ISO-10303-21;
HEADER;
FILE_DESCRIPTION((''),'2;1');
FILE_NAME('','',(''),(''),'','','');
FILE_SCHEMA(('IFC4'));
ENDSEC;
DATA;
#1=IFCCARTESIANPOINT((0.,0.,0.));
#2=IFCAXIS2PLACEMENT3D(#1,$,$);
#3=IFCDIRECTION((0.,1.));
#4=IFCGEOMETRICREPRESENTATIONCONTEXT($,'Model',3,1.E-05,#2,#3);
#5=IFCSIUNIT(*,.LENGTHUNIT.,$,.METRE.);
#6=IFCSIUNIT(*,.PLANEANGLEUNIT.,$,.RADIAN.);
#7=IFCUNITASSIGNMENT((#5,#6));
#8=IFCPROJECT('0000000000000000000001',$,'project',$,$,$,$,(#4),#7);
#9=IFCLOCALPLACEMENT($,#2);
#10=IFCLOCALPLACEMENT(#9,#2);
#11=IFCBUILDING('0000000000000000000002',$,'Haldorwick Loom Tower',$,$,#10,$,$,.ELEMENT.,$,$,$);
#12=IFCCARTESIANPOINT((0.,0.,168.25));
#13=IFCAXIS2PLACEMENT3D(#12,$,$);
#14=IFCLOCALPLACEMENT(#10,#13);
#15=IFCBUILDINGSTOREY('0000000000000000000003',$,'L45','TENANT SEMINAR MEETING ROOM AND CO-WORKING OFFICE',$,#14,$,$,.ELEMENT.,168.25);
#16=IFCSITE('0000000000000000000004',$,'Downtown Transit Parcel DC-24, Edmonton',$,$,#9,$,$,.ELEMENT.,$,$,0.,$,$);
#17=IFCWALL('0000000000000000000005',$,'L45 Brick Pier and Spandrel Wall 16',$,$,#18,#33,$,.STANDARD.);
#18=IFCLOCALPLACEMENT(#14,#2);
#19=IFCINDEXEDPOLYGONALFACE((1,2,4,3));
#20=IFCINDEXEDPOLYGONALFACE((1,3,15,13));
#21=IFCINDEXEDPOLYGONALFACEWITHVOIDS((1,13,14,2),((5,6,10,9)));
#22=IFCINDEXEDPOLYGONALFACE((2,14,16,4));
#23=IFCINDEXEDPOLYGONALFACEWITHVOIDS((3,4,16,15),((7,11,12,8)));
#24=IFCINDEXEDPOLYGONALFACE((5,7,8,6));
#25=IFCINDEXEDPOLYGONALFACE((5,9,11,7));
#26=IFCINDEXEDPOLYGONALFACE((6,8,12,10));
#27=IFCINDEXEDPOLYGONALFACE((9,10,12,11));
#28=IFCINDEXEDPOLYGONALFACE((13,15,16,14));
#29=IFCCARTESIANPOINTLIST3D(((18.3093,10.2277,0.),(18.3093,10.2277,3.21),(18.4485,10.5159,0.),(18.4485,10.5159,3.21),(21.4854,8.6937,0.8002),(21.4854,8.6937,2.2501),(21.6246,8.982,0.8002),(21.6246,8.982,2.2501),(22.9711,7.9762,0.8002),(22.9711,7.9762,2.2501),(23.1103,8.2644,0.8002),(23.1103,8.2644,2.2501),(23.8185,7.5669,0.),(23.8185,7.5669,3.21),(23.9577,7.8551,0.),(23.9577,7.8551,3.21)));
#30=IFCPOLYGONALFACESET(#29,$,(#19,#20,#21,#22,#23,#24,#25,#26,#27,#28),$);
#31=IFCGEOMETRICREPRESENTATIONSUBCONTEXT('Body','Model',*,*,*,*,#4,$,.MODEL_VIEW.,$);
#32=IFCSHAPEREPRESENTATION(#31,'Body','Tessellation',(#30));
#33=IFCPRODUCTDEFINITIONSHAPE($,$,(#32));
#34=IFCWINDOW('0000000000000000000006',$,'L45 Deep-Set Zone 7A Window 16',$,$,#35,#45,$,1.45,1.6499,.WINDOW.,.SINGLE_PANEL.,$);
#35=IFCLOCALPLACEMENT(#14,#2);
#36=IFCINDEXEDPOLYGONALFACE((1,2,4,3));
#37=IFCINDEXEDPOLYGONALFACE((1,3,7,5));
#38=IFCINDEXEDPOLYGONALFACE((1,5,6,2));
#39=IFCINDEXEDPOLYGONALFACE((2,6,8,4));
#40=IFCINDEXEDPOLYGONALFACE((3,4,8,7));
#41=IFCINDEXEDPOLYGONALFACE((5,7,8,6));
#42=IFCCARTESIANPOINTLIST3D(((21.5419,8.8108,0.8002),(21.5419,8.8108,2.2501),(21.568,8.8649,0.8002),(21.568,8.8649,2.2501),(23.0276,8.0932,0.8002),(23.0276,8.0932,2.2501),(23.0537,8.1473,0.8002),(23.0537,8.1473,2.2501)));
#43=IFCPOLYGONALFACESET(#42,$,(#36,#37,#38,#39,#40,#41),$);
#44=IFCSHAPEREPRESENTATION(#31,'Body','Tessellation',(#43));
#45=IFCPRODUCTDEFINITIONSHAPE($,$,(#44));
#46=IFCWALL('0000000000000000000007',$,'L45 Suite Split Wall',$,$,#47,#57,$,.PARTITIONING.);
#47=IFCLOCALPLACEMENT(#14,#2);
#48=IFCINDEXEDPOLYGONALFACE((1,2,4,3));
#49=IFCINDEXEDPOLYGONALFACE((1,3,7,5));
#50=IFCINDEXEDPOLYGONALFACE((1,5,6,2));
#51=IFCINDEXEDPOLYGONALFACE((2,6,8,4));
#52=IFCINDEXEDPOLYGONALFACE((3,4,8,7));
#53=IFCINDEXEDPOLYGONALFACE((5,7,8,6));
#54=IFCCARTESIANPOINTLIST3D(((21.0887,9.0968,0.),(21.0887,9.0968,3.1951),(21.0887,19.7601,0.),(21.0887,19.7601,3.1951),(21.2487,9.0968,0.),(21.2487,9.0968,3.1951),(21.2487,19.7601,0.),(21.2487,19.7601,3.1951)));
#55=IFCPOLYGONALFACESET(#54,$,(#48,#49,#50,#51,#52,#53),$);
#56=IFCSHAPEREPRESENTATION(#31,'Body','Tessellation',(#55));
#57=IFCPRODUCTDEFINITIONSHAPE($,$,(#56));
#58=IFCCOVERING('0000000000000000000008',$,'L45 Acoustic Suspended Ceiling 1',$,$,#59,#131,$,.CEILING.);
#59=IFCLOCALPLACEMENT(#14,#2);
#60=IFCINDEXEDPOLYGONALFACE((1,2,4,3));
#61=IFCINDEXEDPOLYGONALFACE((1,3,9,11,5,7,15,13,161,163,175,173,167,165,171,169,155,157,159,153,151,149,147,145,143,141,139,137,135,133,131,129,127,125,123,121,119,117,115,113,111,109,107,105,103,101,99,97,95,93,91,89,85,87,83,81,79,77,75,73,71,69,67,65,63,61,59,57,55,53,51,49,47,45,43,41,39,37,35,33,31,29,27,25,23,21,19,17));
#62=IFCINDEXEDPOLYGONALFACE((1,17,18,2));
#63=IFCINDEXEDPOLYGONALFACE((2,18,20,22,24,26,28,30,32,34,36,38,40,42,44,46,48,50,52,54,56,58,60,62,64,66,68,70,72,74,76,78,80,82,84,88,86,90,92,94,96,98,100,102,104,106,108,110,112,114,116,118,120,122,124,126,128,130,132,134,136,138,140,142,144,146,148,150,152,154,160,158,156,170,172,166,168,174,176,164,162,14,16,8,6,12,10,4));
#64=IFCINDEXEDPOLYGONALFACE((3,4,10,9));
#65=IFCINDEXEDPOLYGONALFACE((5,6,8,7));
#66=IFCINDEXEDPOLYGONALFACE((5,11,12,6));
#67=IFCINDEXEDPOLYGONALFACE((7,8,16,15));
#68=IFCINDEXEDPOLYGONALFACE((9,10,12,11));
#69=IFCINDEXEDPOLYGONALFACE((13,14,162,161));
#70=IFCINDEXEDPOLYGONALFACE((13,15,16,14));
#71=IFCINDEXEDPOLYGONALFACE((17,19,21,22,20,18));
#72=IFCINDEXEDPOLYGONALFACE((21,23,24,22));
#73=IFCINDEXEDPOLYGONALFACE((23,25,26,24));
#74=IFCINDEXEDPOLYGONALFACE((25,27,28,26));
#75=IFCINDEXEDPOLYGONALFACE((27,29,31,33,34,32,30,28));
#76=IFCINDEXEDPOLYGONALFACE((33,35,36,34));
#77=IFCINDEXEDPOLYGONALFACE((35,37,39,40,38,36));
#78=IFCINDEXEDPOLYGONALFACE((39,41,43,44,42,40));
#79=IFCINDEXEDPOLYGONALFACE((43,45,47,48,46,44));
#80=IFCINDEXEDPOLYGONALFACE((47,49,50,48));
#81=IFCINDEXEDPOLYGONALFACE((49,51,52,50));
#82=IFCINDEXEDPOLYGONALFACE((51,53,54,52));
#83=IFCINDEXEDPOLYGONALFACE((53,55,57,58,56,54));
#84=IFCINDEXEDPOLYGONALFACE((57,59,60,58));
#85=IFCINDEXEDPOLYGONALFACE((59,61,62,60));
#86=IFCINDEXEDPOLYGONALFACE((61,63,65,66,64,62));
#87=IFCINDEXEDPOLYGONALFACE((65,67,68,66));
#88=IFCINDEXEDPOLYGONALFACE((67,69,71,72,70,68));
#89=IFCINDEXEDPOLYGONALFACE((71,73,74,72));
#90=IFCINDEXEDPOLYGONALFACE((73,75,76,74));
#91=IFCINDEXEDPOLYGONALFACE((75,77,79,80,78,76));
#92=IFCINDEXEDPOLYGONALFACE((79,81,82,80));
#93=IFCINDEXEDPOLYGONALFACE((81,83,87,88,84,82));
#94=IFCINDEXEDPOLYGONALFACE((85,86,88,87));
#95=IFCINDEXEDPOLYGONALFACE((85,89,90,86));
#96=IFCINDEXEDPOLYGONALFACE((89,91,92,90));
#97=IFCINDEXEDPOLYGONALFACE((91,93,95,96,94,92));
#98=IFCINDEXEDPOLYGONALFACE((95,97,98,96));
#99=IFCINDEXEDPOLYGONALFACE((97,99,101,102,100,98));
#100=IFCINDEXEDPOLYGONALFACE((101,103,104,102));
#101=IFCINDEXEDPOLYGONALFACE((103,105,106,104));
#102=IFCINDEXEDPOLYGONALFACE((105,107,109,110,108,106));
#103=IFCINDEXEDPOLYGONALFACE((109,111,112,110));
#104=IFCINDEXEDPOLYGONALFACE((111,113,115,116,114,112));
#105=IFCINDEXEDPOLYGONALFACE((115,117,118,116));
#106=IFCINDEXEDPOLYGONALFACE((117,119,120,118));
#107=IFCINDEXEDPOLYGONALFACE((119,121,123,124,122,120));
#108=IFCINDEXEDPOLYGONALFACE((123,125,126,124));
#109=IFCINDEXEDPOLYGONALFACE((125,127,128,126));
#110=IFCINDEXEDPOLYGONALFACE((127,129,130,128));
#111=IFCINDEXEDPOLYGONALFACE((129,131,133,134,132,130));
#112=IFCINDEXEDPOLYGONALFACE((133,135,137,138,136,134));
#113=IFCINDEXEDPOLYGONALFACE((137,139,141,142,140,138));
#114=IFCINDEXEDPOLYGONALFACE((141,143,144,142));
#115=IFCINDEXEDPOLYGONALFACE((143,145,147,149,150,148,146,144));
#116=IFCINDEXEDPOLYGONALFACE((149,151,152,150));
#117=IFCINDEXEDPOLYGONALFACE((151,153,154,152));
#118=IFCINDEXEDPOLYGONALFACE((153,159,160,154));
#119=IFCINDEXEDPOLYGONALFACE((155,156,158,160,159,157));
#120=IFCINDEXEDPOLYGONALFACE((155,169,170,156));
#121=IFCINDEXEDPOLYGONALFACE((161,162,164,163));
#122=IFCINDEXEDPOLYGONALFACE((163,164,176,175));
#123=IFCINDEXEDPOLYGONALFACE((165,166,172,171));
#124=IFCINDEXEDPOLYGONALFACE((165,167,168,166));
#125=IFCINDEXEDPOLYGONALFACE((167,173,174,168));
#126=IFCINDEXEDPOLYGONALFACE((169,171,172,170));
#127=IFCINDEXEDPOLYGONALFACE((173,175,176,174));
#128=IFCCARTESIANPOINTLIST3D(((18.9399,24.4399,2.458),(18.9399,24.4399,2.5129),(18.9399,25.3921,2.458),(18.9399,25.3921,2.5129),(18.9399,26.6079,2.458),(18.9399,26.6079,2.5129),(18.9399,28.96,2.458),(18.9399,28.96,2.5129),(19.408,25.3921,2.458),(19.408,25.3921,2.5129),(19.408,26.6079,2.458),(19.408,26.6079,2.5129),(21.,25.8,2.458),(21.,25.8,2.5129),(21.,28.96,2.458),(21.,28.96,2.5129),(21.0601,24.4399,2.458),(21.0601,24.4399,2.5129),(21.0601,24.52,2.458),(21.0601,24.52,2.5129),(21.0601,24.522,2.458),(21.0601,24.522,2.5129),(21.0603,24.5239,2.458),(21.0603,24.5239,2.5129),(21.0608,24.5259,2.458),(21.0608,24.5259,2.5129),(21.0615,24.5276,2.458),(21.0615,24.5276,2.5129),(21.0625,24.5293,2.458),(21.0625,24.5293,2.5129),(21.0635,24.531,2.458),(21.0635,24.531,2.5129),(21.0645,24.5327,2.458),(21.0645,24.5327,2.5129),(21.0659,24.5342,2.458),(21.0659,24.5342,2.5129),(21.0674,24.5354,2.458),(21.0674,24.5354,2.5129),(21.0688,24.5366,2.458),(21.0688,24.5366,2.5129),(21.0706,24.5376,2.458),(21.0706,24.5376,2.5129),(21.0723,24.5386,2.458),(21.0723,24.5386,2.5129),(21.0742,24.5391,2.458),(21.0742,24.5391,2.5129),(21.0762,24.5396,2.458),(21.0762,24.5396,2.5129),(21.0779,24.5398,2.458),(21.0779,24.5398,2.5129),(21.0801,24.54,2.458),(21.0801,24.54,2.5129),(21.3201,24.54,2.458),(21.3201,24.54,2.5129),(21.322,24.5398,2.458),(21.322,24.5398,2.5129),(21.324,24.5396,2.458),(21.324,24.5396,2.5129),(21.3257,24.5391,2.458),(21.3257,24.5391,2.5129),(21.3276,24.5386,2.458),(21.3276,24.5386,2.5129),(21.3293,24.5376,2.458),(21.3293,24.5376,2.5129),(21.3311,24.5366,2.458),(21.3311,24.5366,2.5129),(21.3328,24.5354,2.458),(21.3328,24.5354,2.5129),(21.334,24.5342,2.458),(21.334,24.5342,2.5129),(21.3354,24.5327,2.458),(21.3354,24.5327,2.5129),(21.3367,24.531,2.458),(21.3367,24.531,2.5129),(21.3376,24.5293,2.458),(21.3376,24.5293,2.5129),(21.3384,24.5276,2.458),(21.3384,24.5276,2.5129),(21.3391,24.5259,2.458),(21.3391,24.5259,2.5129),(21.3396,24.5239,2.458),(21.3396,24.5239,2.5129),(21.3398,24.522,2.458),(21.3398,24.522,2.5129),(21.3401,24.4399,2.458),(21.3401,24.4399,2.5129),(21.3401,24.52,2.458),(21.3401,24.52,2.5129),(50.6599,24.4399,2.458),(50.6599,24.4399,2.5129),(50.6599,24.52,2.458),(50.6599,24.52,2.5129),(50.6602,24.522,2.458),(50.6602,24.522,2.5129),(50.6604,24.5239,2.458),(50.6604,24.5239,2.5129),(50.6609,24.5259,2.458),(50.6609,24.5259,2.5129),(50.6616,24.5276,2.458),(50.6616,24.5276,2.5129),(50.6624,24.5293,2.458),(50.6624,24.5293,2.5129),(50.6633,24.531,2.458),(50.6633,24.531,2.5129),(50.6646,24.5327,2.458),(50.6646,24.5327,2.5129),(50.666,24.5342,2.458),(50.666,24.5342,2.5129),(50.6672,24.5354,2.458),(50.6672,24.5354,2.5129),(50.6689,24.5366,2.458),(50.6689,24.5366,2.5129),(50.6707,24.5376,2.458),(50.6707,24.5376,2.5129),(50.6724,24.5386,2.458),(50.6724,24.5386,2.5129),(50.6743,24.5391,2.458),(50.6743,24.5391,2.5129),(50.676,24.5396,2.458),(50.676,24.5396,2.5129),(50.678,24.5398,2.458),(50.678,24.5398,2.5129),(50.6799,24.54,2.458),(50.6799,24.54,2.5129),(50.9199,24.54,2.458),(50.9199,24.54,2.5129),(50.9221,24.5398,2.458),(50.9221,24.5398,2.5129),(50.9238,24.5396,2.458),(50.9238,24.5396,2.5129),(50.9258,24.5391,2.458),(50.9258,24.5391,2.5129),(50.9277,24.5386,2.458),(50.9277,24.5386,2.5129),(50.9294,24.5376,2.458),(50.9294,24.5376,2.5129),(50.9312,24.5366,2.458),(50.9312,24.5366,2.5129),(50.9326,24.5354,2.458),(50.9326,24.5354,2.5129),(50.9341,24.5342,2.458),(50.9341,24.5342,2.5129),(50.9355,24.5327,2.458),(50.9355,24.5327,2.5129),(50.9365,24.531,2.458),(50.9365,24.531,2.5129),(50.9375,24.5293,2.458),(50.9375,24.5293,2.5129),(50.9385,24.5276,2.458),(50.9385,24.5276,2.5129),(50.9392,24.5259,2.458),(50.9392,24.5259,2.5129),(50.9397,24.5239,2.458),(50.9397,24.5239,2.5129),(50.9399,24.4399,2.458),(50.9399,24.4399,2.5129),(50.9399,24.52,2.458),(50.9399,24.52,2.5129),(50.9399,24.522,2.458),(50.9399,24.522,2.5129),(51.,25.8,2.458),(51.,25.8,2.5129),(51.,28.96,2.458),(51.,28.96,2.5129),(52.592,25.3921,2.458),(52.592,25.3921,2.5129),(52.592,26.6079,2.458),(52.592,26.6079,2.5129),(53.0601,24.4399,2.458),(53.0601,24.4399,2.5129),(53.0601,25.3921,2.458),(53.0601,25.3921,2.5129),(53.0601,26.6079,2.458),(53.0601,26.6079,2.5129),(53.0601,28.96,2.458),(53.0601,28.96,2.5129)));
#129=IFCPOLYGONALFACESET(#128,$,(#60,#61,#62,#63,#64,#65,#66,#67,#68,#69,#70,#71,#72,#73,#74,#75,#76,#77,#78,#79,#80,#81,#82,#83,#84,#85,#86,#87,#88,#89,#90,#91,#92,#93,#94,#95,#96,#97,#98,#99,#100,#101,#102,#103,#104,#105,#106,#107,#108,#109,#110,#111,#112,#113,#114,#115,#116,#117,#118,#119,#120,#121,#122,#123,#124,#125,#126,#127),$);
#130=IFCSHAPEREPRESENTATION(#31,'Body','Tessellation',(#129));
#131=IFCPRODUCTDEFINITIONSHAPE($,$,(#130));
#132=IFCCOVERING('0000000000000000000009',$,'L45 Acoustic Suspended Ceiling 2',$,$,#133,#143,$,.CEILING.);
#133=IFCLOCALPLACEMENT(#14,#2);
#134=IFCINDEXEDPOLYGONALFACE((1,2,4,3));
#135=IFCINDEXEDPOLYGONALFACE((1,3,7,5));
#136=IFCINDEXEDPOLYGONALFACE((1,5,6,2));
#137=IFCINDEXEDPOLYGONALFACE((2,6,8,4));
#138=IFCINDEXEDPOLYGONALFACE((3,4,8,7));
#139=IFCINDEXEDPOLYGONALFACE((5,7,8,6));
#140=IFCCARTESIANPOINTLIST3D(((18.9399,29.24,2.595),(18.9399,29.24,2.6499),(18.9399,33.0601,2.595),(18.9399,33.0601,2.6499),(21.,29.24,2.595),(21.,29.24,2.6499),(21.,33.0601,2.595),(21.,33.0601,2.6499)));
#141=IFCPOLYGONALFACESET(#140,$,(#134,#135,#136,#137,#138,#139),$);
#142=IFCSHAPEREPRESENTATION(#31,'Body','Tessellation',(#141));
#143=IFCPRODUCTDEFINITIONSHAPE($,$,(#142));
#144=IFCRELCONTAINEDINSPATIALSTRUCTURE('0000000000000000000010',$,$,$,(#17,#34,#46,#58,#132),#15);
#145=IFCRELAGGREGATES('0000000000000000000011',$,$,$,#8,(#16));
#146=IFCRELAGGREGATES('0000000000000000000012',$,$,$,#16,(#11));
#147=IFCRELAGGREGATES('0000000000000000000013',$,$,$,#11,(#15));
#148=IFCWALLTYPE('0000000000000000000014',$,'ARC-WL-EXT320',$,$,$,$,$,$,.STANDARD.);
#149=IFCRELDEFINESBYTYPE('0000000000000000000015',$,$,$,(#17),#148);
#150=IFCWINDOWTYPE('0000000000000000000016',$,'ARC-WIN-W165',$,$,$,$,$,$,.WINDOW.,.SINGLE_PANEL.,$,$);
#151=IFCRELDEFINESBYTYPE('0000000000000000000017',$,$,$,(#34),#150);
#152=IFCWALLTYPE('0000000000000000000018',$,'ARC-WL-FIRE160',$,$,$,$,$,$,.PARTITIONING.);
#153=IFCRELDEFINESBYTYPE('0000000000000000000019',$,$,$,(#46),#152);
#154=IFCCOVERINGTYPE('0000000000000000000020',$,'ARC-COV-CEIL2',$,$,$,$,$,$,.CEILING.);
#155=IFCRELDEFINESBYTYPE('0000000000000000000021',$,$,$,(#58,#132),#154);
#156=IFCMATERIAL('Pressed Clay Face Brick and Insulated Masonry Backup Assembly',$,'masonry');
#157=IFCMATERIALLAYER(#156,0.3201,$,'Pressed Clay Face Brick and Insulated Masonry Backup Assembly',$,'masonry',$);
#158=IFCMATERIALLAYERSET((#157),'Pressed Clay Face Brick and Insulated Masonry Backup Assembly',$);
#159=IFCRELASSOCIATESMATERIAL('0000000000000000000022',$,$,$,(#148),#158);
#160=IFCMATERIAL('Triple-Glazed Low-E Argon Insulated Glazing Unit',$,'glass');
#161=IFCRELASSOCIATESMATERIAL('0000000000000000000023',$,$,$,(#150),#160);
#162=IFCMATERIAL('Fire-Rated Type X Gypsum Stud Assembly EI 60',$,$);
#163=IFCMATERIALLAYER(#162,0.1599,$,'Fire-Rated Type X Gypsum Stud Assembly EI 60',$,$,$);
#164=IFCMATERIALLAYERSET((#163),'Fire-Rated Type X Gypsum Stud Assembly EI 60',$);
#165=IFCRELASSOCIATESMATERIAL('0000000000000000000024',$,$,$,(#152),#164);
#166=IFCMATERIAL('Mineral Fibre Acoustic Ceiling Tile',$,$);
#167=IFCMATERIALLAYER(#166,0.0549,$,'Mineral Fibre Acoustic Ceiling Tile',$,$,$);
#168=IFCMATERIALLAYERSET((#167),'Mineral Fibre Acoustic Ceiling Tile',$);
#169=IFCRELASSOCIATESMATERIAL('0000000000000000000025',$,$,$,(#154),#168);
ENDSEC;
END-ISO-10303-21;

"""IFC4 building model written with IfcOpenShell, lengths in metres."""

from ifc_helpers import new_model, si_unit, direction, frame, frame_2d, origin, place, context, subcontext, project, spatial, polyline, rectangle, outline, extrude, material, layer, layer_set, type_object, element, fill, save


model = new_model("IFC4")

# Units and contexts
model_context = context("Model", 3, precision=1e-05, world=origin(), true_north=direction((0.0, 1.0)))
body_context = subcontext(model_context, "Body", "Model", "MODEL_VIEW")
ifc_project = project(units=[si_unit("LENGTHUNIT", "METRE"), si_unit("PLANEANGLEUNIT", "RADIAN")], contexts=[model_context])

# Site, building, storey
site_placement = place(None, origin())
site = spatial("IfcSite", under=ifc_project, at=site_placement, Name="Downtown Transit Parcel DC-24, Edmonton", CompositionType="ELEMENT", RefElevation=0.0)
building_placement = place(site_placement, origin())
building = spatial("IfcBuilding", under=site, at=building_placement, Name="Haldorwick Loom Tower", CompositionType="ELEMENT")
storey_placement = place(building_placement, frame((0.0, 0.0, 168.25)))
storey = spatial("IfcBuildingStorey", under=building, at=storey_placement, Name="L45", Description="TENANT SEMINAR MEETING ROOM AND CO-WORKING OFFICE", CompositionType="ELEMENT", Elevation=168.25)

# Shared definitions
ifc_material_1 = material(Name="Pressed Clay Face Brick and Insulated Masonry Backup Assembly", Category="masonry")
ifc_layer_1 = layer(ifc_material_1, 0.3201, Name="Pressed Clay Face Brick and Insulated Masonry Backup Assembly", Category="masonry")
ifc_layer_set_1 = layer_set([ifc_layer_1], Name="Pressed Clay Face Brick and Insulated Masonry Backup Assembly")
wall_type_1 = type_object("IfcWallType", Name="ARC-WL-EXT320", PredefinedType="STANDARD", material=ifc_layer_set_1)

# Wall, opening, window
wall_1_placement = place(storey_placement, frame((18.3789, 10.3718, 0.0), z_axis=(0.0, 0.0, 1.0), x_axis=(0.900472, -0.434913, 0.0)))
wall_1 = element("IfcWall", 1, at=wall_1_placement, inside=storey, type_object=wall_type_1, Name="L45 Brick Pier and Spandrel Wall 16", PredefinedType="STANDARD", context=body_context, shape_type="SweptSolid", body=[
    extrude(rectangle(XDim=6.1182, YDim=0.3201, at=frame_2d((3.0591, 0.0))), origin(), (0.0, 0.0, 1.0), 3.21),
])
opening_1_placement = place(wall_1_placement, frame((3.5271, 0.0, 0.8)))
opening_1 = element("IfcOpeningElement", 2, at=opening_1_placement, cuts=wall_1, PredefinedType="OPENING", context=body_context, shape_type="SweptSolid", body=[
    extrude(rectangle(XDim=1.6499, YDim=1.45, at=frame_2d((0.825, 0.7251))), frame((0.0, 0.1699, 0.0), z_axis=(0.0, -1.0, 0.0), x_axis=(1.0, 0.0, 0.0)), (0.0, 0.0, 1.0), 0.3401),
])
ifc_material_2 = material(Name="Triple-Glazed Low-E Argon Insulated Glazing Unit", Category="glass")
window_type = type_object("IfcWindowType", Name="ARC-WIN-W165", PartitioningType="SINGLE_PANEL", PredefinedType="WINDOW", material=ifc_material_2)
window_placement = place(opening_1_placement, origin())
window = element("IfcWindow", 3, at=window_placement, inside=storey, type_object=window_type, Name="L45 Deep-Set Zone 7A Window 16", OverallHeight=1.45, OverallWidth=1.6499, PartitioningType="SINGLE_PANEL", PredefinedType="WINDOW", context=body_context, shape_type="SweptSolid", body=[
    extrude(rectangle(XDim=1.6499, YDim=1.45, at=frame_2d((0.825, 0.7251))), frame((0.0, 0.03, 0.0), z_axis=(0.0, -1.0, 0.0), x_axis=(1.0, 0.0, 0.0)), (0.0, 0.0, 1.0), 0.0601),
])
fill(opening_1, window)

# Wall
ifc_material_3 = material(Name="Fire-Rated Type X Gypsum Stud Assembly EI 60")
ifc_layer_2 = layer(ifc_material_3, 0.1599, Name="Fire-Rated Type X Gypsum Stud Assembly EI 60")
ifc_layer_set_2 = layer_set([ifc_layer_2], Name="Fire-Rated Type X Gypsum Stud Assembly EI 60")
wall_type_2 = type_object("IfcWallType", Name="ARC-WL-FIRE160", PredefinedType="PARTITIONING", material=ifc_layer_set_2)
wall_2_placement = place(storey_placement, frame((21.1687, 19.76, 0.0), z_axis=(0.0, 0.0, 1.0), x_axis=(0.0, -1.0, 0.0)))
element("IfcWall", 4, at=wall_2_placement, inside=storey, type_object=wall_type_2, Name="L45 Suite Split Wall", PredefinedType="PARTITIONING", context=body_context, shape_type="SweptSolid", body=[
    extrude(rectangle(XDim=10.6633, YDim=0.1599, at=frame_2d((5.3315, 0.0))), origin(), (0.0, 0.0, 1.0), 3.1951),
])

# Coverings
ifc_material_4 = material(Name="Mineral Fibre Acoustic Ceiling Tile")
ifc_layer_3 = layer(ifc_material_4, 0.0549, Name="Mineral Fibre Acoustic Ceiling Tile")
ifc_layer_set_3 = layer_set([ifc_layer_3], Name="Mineral Fibre Acoustic Ceiling Tile")
covering_type_1 = type_object("IfcCoveringType", Name="ARC-COV-CEIL2", PredefinedType="CEILING", material=ifc_layer_set_3)
covering_1_placement = place(storey_placement, frame((0.0, 0.0, 2.458)))
element("IfcCovering", 5, at=covering_1_placement, inside=storey, type_object=covering_type_1, Name="L45 Acoustic Suspended Ceiling 1", PredefinedType="CEILING", context=body_context, shape_type="SweptSolid", body=[
    extrude(outline(polyline([(51.0, 28.96), (51.0, 25.8), (21.0, 25.8), (21.0, 28.96), (18.9399, 28.96), (18.9399, 26.6079), (19.408, 26.6079), (19.408, 25.3921), (18.9399, 25.3921), (18.9399, 24.4399), (21.0601, 24.4399), (21.0601, 24.52), (21.0601, 24.522), (21.0603, 24.5239), (21.0608, 24.5259), (21.0615, 24.5276), (21.0625, 24.5293), (21.0635, 24.531), (21.0645, 24.5327), (21.0659, 24.5342), (21.0674, 24.5354), (21.0688, 24.5366), (21.0706, 24.5376), (21.0723, 24.5386), (21.0742, 24.5391), (21.0762, 24.5396), (21.0779, 24.5398), (21.0801, 24.54), (21.3201, 24.54), (21.322, 24.5398), (21.324, 24.5396), (21.3257, 24.5391), (21.3276, 24.5386), (21.3293, 24.5376), (21.3311, 24.5366), (21.3328, 24.5354), (21.334, 24.5342), (21.3354, 24.5327), (21.3367, 24.531), (21.3376, 24.5293), (21.3384, 24.5276), (21.3391, 24.5259), (21.3396, 24.5239), (21.3398, 24.522), (21.3401, 24.52), (21.3401, 24.4399), (50.6599, 24.4399), (50.6599, 24.52), (50.6602, 24.522), (50.6604, 24.5239), (50.6609, 24.5259), (50.6616, 24.5276), (50.6624, 24.5293), (50.6633, 24.531), (50.6646, 24.5327), (50.666, 24.5342), (50.6672, 24.5354), (50.6689, 24.5366), (50.6707, 24.5376), (50.6724, 24.5386), (50.6743, 24.5391), (50.676, 24.5396), (50.678, 24.5398), (50.6799, 24.54), (50.9199, 24.54), (50.9221, 24.5398), (50.9238, 24.5396), (50.9258, 24.5391), (50.9277, 24.5386), (50.9294, 24.5376), (50.9312, 24.5366), (50.9326, 24.5354), (50.9341, 24.5342), (50.9355, 24.5327), (50.9365, 24.531), (50.9375, 24.5293), (50.9385, 24.5276), (50.9392, 24.5259), (50.9397, 24.5239), (50.9399, 24.522), (50.9399, 24.52), (50.9399, 24.4399), (53.0601, 24.4399), (53.0601, 25.3921), (52.592, 25.3921), (52.592, 26.6079), (53.0601, 26.6079), (53.0601, 28.96), (51.0, 28.96)])), origin(), (0.0, 0.0, 1.0), 0.0549),
])
covering_2_placement = place(storey_placement, frame((0.0, 0.0, 2.595)))
element("IfcCovering", 6, at=covering_2_placement, inside=storey, type_object=covering_type_1, Name="L45 Acoustic Suspended Ceiling 2", PredefinedType="CEILING", context=body_context, shape_type="SweptSolid", body=[
    extrude(outline(polyline([(18.9399, 29.24), (21.0, 29.24), (21.0, 33.0601), (18.9399, 33.0601), (18.9399, 29.24)])), origin(), (0.0, 0.0, 1.0), 0.0549),
])

save(model, "model.ifc")
